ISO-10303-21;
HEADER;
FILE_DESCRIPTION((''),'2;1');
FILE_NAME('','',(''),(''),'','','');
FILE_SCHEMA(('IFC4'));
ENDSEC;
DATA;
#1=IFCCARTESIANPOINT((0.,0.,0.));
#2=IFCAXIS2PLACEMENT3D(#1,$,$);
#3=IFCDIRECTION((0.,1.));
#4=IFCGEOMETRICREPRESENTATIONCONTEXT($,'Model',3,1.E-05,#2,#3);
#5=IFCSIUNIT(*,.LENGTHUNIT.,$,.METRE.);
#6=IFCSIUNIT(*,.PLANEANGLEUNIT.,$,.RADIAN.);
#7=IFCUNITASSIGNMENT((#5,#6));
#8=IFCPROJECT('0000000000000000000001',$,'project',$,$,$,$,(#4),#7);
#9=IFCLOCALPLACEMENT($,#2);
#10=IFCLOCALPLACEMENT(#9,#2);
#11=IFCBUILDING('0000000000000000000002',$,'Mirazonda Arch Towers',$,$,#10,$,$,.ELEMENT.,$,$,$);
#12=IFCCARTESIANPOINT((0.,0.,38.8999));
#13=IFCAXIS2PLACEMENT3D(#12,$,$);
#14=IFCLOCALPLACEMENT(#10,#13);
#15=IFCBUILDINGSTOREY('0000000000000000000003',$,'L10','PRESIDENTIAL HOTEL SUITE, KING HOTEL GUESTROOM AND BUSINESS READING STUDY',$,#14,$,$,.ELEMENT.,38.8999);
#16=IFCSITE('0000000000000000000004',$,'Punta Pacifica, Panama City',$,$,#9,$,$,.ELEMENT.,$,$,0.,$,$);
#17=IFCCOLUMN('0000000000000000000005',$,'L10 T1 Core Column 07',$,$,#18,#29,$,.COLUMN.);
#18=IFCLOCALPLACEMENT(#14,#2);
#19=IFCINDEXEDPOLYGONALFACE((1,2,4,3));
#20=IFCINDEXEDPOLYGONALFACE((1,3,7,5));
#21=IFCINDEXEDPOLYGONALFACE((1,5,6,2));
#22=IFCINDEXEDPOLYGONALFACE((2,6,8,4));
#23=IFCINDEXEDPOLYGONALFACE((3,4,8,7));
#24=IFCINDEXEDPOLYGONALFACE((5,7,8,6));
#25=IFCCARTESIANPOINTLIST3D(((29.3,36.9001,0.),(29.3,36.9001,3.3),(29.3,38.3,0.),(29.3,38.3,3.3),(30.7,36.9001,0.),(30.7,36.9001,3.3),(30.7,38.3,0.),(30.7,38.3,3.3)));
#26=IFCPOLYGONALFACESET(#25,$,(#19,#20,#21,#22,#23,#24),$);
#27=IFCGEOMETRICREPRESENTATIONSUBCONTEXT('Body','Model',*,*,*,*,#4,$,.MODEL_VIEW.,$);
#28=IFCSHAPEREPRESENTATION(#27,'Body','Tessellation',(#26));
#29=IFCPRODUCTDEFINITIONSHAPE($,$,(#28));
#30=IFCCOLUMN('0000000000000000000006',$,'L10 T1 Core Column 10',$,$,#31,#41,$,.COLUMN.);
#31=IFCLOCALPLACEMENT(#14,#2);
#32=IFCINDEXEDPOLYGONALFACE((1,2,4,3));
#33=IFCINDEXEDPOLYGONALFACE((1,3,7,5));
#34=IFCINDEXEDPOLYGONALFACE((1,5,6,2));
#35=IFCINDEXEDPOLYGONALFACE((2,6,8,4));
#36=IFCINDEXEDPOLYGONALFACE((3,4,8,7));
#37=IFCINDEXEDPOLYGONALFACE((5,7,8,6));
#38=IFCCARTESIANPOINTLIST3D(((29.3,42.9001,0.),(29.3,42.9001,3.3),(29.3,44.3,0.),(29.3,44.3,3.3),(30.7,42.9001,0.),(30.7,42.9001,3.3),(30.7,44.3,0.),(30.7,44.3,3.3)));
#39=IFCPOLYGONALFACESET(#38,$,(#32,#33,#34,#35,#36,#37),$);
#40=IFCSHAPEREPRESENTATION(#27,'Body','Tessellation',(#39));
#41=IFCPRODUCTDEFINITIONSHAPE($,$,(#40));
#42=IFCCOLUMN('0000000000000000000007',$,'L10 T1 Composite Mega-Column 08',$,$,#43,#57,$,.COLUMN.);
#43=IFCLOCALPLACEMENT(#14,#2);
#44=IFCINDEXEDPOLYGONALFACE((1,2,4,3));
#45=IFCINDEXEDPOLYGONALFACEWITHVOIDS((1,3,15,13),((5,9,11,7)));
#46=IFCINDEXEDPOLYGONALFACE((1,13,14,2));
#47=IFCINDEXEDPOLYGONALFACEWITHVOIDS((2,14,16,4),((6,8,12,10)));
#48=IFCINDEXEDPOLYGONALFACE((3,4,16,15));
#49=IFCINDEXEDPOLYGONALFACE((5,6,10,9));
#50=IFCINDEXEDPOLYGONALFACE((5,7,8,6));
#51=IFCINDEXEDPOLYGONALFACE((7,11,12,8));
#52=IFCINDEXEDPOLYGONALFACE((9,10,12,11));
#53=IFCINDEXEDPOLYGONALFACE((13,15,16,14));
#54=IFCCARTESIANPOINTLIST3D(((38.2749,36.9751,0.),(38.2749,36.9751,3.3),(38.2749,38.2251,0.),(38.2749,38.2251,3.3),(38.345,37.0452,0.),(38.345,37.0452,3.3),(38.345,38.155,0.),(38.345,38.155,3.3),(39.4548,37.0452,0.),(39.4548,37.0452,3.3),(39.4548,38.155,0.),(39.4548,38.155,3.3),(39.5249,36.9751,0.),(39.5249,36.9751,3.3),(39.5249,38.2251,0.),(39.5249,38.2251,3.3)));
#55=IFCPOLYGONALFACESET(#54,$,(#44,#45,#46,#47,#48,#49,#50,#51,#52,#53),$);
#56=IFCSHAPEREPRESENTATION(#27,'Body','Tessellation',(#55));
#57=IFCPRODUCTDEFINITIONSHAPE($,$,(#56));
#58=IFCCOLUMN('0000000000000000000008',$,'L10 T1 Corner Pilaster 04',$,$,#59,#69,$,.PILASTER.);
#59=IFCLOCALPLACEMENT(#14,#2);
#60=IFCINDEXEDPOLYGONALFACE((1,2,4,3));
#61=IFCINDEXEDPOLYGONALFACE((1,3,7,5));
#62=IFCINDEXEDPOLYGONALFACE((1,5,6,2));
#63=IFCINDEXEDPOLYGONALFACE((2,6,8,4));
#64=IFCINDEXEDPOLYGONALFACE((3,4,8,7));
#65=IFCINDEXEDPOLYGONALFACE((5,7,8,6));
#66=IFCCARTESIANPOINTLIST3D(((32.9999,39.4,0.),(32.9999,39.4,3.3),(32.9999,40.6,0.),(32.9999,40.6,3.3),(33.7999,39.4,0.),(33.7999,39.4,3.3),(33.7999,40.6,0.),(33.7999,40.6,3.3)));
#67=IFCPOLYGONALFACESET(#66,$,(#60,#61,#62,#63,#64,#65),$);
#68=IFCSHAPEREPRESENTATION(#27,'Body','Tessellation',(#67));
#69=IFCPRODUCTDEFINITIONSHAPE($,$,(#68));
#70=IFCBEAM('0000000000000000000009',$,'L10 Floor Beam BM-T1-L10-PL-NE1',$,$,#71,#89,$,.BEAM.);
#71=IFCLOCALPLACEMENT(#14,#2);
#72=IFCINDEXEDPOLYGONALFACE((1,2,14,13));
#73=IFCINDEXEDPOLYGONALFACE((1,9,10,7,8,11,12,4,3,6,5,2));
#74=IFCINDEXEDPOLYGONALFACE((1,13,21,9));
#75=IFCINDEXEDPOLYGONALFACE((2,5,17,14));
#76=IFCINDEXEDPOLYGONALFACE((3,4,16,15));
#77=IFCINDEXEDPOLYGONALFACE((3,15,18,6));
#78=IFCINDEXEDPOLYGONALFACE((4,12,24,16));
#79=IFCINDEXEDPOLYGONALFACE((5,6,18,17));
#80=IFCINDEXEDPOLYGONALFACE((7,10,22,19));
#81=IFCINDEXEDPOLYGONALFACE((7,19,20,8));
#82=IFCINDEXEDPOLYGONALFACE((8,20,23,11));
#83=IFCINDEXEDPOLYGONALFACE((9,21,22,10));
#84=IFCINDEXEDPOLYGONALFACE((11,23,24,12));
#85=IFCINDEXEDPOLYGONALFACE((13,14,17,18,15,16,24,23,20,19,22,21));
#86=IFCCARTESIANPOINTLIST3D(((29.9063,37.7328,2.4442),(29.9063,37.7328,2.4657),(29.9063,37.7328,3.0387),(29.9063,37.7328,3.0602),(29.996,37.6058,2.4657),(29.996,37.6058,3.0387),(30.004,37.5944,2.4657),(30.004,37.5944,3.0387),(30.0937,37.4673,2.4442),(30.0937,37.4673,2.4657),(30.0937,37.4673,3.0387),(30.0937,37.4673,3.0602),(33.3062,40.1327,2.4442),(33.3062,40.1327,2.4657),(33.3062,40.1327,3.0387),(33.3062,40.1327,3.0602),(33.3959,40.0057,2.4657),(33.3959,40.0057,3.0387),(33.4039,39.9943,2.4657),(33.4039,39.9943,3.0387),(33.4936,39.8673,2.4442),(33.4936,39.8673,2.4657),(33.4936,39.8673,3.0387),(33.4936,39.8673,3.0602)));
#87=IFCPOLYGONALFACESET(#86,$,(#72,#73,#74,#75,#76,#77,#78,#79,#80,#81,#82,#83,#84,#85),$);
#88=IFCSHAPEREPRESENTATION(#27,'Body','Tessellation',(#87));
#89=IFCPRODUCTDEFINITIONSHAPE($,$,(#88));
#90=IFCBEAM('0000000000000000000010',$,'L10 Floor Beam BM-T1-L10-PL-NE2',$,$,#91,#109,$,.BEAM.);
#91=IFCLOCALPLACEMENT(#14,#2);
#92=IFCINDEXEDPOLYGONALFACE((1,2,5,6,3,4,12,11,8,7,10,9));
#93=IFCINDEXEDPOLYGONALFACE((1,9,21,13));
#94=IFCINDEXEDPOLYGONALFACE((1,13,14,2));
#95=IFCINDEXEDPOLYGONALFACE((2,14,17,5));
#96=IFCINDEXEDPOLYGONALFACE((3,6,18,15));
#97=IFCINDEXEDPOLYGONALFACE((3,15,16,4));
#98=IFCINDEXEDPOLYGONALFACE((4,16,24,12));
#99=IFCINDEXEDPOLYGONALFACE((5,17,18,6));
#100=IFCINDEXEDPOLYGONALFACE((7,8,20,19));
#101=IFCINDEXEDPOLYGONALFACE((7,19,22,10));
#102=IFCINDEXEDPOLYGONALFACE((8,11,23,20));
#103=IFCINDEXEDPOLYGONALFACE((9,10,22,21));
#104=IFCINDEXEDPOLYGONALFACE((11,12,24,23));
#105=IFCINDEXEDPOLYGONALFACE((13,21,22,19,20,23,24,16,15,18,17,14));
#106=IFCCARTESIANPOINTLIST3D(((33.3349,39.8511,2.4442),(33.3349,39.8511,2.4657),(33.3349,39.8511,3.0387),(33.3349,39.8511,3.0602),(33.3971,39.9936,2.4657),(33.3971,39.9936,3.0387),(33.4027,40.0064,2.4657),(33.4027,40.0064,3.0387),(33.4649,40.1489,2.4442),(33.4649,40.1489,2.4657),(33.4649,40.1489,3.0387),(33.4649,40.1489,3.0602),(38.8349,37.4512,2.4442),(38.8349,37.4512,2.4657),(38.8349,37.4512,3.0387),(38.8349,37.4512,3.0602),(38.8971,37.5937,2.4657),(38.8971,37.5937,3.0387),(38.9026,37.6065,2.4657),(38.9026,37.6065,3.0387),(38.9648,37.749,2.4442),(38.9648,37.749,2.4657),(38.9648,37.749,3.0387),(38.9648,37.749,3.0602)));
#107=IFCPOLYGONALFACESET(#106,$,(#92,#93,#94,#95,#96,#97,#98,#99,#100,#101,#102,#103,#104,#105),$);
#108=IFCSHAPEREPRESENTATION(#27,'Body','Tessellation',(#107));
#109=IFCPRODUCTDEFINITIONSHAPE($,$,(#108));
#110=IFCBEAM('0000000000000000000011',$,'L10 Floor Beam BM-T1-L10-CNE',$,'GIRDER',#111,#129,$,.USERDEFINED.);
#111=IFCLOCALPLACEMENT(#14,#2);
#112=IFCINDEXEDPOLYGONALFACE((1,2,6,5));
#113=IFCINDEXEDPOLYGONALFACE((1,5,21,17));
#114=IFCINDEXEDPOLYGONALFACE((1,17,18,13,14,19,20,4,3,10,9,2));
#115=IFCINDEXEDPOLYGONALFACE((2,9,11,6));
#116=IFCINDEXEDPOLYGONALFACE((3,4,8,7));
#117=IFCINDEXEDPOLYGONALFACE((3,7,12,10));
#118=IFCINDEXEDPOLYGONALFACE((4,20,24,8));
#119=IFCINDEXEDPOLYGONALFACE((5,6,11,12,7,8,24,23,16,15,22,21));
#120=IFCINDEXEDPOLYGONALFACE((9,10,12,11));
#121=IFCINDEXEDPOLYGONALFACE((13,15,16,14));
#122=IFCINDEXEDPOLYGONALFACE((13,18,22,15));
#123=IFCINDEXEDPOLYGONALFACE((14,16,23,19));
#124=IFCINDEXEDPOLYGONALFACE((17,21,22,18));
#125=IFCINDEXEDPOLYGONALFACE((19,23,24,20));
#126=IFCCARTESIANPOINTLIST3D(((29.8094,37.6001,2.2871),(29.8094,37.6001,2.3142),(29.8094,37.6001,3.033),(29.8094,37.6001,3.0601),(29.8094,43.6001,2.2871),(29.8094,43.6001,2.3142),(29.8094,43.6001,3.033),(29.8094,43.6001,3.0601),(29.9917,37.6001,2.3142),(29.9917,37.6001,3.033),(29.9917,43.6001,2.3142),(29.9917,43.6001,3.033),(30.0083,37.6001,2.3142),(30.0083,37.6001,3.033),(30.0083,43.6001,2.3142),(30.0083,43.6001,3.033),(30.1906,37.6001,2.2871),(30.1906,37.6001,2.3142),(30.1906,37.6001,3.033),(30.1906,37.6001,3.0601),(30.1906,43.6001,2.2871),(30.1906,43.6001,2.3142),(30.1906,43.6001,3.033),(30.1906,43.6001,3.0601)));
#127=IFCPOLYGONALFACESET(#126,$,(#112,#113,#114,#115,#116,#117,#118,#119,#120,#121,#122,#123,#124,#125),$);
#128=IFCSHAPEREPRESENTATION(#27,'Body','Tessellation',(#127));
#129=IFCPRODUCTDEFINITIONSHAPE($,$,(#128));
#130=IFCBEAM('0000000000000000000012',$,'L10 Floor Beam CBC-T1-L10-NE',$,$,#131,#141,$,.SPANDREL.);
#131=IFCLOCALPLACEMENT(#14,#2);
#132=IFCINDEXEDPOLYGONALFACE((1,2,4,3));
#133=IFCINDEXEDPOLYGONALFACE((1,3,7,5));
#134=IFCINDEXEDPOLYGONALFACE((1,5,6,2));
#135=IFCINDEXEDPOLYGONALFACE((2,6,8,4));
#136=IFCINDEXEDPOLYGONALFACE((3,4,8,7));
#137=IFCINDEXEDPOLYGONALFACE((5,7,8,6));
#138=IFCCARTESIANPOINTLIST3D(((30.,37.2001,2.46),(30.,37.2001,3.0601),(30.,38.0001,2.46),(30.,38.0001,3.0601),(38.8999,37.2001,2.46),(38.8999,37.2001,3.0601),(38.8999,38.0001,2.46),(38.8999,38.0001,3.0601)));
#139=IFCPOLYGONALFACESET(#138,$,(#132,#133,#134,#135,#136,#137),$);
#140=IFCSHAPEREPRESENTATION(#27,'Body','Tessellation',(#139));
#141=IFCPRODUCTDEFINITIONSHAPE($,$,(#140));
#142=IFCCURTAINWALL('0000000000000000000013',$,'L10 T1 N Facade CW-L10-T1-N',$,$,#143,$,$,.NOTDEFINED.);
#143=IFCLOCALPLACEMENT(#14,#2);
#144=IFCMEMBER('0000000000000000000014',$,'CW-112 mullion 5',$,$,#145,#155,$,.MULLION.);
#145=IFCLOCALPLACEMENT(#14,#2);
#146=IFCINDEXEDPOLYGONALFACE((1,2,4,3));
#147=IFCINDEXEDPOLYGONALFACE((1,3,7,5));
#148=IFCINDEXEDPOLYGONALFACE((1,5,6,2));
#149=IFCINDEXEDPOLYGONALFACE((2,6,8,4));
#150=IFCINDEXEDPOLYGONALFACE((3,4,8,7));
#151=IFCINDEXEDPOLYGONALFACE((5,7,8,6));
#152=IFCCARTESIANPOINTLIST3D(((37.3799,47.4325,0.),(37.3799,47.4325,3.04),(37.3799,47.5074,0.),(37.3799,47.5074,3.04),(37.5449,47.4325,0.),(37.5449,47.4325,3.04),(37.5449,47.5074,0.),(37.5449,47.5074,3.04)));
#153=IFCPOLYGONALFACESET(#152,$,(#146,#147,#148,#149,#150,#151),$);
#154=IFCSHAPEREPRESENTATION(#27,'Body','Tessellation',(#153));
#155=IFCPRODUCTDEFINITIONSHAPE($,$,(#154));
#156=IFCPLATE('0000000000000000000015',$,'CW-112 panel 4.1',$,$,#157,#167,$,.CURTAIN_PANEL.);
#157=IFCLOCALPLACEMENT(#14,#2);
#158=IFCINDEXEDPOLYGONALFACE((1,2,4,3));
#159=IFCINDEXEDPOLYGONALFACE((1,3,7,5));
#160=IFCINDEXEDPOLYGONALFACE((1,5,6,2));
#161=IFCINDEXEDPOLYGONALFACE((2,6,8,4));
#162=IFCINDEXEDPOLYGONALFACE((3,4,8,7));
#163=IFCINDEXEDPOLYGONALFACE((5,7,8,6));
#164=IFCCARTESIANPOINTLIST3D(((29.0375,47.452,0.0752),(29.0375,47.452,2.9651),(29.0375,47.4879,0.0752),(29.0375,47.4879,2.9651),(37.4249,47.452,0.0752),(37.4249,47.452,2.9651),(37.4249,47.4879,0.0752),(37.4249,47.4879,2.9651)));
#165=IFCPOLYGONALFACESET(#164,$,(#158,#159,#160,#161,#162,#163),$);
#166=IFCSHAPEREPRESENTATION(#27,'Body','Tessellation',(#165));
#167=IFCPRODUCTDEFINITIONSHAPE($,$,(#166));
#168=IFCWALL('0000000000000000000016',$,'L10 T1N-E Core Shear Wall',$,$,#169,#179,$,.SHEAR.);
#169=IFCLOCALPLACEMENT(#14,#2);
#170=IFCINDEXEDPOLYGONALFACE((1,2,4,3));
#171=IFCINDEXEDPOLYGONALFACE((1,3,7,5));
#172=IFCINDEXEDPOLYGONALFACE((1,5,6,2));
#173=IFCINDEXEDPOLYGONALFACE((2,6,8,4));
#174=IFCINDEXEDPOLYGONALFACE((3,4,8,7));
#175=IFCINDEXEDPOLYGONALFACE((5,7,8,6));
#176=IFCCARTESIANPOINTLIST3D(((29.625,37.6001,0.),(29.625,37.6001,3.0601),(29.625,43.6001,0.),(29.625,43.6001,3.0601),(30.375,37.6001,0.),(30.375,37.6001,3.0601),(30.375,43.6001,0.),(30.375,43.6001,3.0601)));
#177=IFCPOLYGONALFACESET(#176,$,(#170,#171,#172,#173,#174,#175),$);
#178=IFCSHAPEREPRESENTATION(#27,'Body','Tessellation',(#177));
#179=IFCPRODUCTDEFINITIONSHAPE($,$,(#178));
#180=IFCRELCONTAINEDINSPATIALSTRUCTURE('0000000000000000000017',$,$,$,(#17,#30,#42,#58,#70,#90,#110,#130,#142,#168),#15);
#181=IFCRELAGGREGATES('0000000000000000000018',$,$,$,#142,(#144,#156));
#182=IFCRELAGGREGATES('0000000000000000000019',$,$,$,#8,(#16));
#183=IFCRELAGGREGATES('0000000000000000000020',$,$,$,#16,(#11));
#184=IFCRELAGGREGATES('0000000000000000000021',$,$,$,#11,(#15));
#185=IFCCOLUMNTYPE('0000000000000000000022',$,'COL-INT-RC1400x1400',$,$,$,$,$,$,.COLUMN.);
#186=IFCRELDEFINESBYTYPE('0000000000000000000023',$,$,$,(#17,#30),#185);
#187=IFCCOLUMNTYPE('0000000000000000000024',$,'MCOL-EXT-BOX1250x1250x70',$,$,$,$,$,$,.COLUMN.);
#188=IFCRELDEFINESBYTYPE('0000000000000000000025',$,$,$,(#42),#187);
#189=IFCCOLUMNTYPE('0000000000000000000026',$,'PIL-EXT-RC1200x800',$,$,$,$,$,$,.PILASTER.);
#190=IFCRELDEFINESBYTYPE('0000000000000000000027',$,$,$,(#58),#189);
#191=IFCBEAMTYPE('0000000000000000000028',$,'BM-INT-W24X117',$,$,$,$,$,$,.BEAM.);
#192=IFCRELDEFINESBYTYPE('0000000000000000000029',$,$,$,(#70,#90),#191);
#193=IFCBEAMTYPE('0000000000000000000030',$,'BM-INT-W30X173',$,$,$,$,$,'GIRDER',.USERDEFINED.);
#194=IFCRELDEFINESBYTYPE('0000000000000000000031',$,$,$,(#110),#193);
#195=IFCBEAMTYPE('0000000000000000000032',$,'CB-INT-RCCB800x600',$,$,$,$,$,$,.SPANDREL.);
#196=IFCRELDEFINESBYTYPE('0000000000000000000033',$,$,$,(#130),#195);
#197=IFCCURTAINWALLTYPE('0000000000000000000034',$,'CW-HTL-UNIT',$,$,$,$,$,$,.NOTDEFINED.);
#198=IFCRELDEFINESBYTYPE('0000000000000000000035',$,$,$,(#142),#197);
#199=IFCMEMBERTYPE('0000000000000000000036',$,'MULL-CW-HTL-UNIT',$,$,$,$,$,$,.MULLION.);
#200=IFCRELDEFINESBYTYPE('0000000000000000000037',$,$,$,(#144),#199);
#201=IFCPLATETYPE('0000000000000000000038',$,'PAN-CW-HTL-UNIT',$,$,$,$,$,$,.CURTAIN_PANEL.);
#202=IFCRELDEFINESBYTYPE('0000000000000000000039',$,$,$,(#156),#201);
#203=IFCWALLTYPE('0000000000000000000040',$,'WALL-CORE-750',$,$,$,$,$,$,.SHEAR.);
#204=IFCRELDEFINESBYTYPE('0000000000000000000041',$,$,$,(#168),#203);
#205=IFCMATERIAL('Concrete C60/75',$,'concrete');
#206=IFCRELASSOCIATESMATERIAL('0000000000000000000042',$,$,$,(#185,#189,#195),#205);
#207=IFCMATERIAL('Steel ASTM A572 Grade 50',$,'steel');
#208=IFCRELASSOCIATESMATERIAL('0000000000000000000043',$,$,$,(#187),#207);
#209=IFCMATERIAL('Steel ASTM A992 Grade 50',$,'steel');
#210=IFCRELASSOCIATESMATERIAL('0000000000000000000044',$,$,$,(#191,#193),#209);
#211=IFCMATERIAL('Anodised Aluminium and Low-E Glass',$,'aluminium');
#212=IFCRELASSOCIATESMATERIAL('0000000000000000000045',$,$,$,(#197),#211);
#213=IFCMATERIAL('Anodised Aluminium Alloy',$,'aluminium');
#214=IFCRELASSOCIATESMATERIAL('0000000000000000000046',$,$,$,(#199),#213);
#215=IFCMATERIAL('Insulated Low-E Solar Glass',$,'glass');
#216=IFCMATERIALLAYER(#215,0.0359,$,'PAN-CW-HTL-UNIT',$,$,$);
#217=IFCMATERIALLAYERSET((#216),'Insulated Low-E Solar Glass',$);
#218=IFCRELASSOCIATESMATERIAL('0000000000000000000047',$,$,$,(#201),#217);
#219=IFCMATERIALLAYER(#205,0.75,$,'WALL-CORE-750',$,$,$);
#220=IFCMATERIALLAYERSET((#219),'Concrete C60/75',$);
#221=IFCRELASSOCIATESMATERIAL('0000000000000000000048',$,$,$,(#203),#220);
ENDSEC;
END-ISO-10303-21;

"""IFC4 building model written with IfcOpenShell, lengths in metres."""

from ifc_helpers import new_model, si_unit, direction, frame, frame_2d, origin, origin_2d, place, context, subcontext, project, spatial, rectangle, hollow_rectangle, i_section, extrude, material, layer, layer_set, material_profile, profile_set, type_object, element, aggregate, save


model = new_model("IFC4")

# Units and contexts
model_context = context("Model", 3, precision=1e-05, world=origin(), true_north=direction((0.0, 1.0)))
body_context = subcontext(model_context, "Body", "Model", "MODEL_VIEW")
ifc_project = project(units=[si_unit("LENGTHUNIT", "METRE"), si_unit("PLANEANGLEUNIT", "RADIAN")], contexts=[model_context])

# Site, building, storey
site_placement = place(None, origin())
site = spatial("IfcSite", under=ifc_project, at=site_placement, Name="Punta Pacifica, Panama City", CompositionType="ELEMENT", RefElevation=0.0)
building_placement = place(site_placement, origin())
building = spatial("IfcBuilding", under=site, at=building_placement, Name="Mirazonda Arch Towers", CompositionType="ELEMENT")
storey_placement = place(building_placement, frame((0.0, 0.0, 38.8999)))
storey = spatial("IfcBuildingStorey", under=building, at=storey_placement, Name="L10", Description="PRESIDENTIAL HOTEL SUITE, KING HOTEL GUESTROOM AND BUSINESS READING STUDY", CompositionType="ELEMENT", Elevation=38.8999)

# Columns
ifc_material_1 = material(Name="Concrete C60/75", Category="concrete")
ifc_material_profile_1 = material_profile(ifc_material_1, rectangle(XDim=1.3999, YDim=1.3999, at=origin_2d()), Name="RC1400x1400")
ifc_profile_set_1 = profile_set([ifc_material_profile_1], Name="Concrete C60/75")
column_type_1 = type_object("IfcColumnType", Name="COL-INT-RC1400x1400", PredefinedType="COLUMN", material=ifc_profile_set_1)
for number, where, z_axis, x_axis, name in (
    (1, (30.0, 37.6001, 0.0), (0.0, 0.0, 1.0), (1.0, 0.0, 0.0), "L10 T1 Core Column 07"),
    (2, (30.0, 43.6001, 0.0), (0.0, 0.0, 1.0), (1.0, 0.0, 0.0), "L10 T1 Core Column 10"),
):
    element("IfcColumn", number, at=place(storey_placement, frame(where, z_axis=z_axis, x_axis=x_axis)), inside=storey, type_object=column_type_1, Name=name, PredefinedType="COLUMN", context=body_context, shape_type="SweptSolid", body=[
        extrude(rectangle(XDim=1.3999, YDim=1.3999, at=origin_2d()), origin(), (0.0, 0.0, 1.0), 3.3),
    ])
ifc_material_2 = material(Name="Steel ASTM A572 Grade 50", Category="steel")
ifc_material_profile_2 = material_profile(ifc_material_2, hollow_rectangle(XDim=1.25, YDim=1.25, WallThickness=0.0701, at=origin_2d()), Name="BOX1250x1250x70")
ifc_profile_set_2 = profile_set([ifc_material_profile_2], Name="Steel ASTM A572 Grade 50")
column_type_2 = type_object("IfcColumnType", Name="MCOL-EXT-BOX1250x1250x70", PredefinedType="COLUMN", material=ifc_profile_set_2)
column_1_placement = place(storey_placement, frame((38.8999, 37.6001, 0.0), z_axis=(0.0, 0.0, 1.0), x_axis=(1.0, 0.0, 0.0)))
element("IfcColumn", 3, at=column_1_placement, inside=storey, type_object=column_type_2, Name="L10 T1 Composite Mega-Column 08", PredefinedType="COLUMN", context=body_context, shape_type="SweptSolid", body=[
    extrude(hollow_rectangle(XDim=1.25, YDim=1.25, WallThickness=0.0701, at=origin_2d()), origin(), (0.0, 0.0, 1.0), 3.3),
])
ifc_material_profile_3 = material_profile(ifc_material_1, rectangle(XDim=0.8, YDim=1.2, at=origin_2d()), Name="RC1200x800")
ifc_profile_set_3 = profile_set([ifc_material_profile_3], Name="Concrete C60/75")
column_type_3 = type_object("IfcColumnType", Name="PIL-EXT-RC1200x800", PredefinedType="PILASTER", material=ifc_profile_set_3)
column_2_placement = place(storey_placement, frame((33.3999, 40.0, 0.0), z_axis=(0.0, 0.0, 1.0), x_axis=(1.0, 0.0, 0.0)))
element("IfcColumn", 4, at=column_2_placement, inside=storey, type_object=column_type_3, Name="L10 T1 Corner Pilaster 04", PredefinedType="PILASTER", context=body_context, shape_type="SweptSolid", body=[
    extrude(rectangle(XDim=0.8, YDim=1.2, at=origin_2d()), origin(), (0.0, 0.0, 1.0), 3.3),
])

# Beams
ifc_material_3 = material(Name="Steel ASTM A992 Grade 50", Category="steel")
ifc_material_profile_4 = material_profile(ifc_material_3, i_section(OverallWidth=0.325, OverallDepth=0.616, WebThickness=0.0139, FlangeThickness=0.0215, at=origin_2d()), Name="W24X117")
ifc_profile_set_4 = profile_set([ifc_material_profile_4], Name="Steel ASTM A992 Grade 50")
beam_type_1 = type_object("IfcBeamType", Name="BM-INT-W24X117", PredefinedType="BEAM", material=ifc_profile_set_4)
beam_1_placement = place(storey_placement, frame((33.3999, 40.0, 2.7522), z_axis=(-0.816971, -0.576679, 0.0), x_axis=(0.576679, -0.816971, 0.0)))
element("IfcBeam", 5, at=beam_1_placement, inside=storey, type_object=beam_type_1, Name="L10 Floor Beam BM-T1-L10-PL-NE1", PredefinedType="BEAM", context=body_context, shape_type="SweptSolid", body=[
    extrude(i_section(OverallWidth=0.325, OverallDepth=0.616, WebThickness=0.0139, FlangeThickness=0.0215, at=origin_2d()), origin(), (0.0, 0.0, 1.0), 4.1616),
])
beam_2_placement = place(storey_placement, frame((33.3999, 40.0, 2.7522), z_axis=(0.916545, -0.399931, 0.0), x_axis=(0.399931, 0.916545, 0.0)))
element("IfcBeam", 6, at=beam_2_placement, inside=storey, type_object=beam_type_1, Name="L10 Floor Beam BM-T1-L10-PL-NE2", PredefinedType="BEAM", context=body_context, shape_type="SweptSolid", body=[
    extrude(i_section(OverallWidth=0.325, OverallDepth=0.616, WebThickness=0.0139, FlangeThickness=0.0215, at=origin_2d()), origin(), (0.0, 0.0, 1.0), 6.0007),
])
ifc_material_profile_5 = material_profile(ifc_material_3, i_section(OverallWidth=0.3811, OverallDepth=0.7729, WebThickness=0.0166, FlangeThickness=0.0271, at=origin_2d()), Name="W30X173")
ifc_profile_set_5 = profile_set([ifc_material_profile_5], Name="Steel ASTM A992 Grade 50")
beam_type_2 = type_object("IfcBeamType", Name="BM-INT-W30X173", ElementType="GIRDER", PredefinedType="USERDEFINED", material=ifc_profile_set_5)
beam_3_placement = place(storey_placement, frame((30.0, 37.6001, 2.6736), z_axis=(0.0, 1.0, 0.0), x_axis=(-1.0, 0.0, 0.0)))
element("IfcBeam", 7, at=beam_3_placement, inside=storey, type_object=beam_type_2, Name="L10 Floor Beam BM-T1-L10-CNE", ObjectType="GIRDER", PredefinedType="USERDEFINED", context=body_context, shape_type="SweptSolid", body=[
    extrude(i_section(OverallWidth=0.3811, OverallDepth=0.7729, WebThickness=0.0166, FlangeThickness=0.0271, at=origin_2d()), origin(), (0.0, 0.0, 1.0), 6.0),
])
ifc_material_profile_6 = material_profile(ifc_material_1, rectangle(XDim=0.8, YDim=0.6001, at=origin_2d()), Name="RCCB800x600")
ifc_profile_set_6 = profile_set([ifc_material_profile_6], Name="Concrete C60/75")
beam_type_3 = type_object("IfcBeamType", Name="CB-INT-RCCB800x600", PredefinedType="SPANDREL", material=ifc_profile_set_6)
beam_4_placement = place(storey_placement, frame((30.0, 37.6001, 2.76), z_axis=(1.0, 0.0, 0.0), x_axis=(0.0, 1.0, 0.0)))
element("IfcBeam", 8, at=beam_4_placement, inside=storey, type_object=beam_type_3, Name="L10 Floor Beam CBC-T1-L10-NE", PredefinedType="SPANDREL", context=body_context, shape_type="SweptSolid", body=[
    extrude(rectangle(XDim=0.8, YDim=0.6001, at=origin_2d()), origin(), (0.0, 0.0, 1.0), 8.8999),
])

# Curtain wall, member, plate
ifc_material_4 = material(Name="Anodised Aluminium and Low-E Glass", Category="aluminium")
curtain_wall_type = type_object("IfcCurtainWallType", Name="CW-HTL-UNIT", PredefinedType="NOTDEFINED", material=ifc_material_4)
curtain_wall_placement = place(storey_placement, origin())
curtain_wall = element("IfcCurtainWall", 9, at=curtain_wall_placement, inside=storey, type_object=curtain_wall_type, Name="L10 T1 N Facade CW-L10-T1-N", PredefinedType="NOTDEFINED")
ifc_material_5 = material(Name="Anodised Aluminium Alloy", Category="aluminium")
ifc_material_profile_7 = material_profile(ifc_material_5, rectangle(XDim=0.075, YDim=0.165, at=origin_2d()), Name="ALU-MULL-75x165")
ifc_profile_set_7 = profile_set([ifc_material_profile_7], Name="Anodised Aluminium Alloy")
member_type = type_object("IfcMemberType", Name="MULL-CW-HTL-UNIT", PredefinedType="MULLION", material=ifc_profile_set_7)
member_placement = place(storey_placement, frame((37.4624, 47.47, 0.0), z_axis=(0.0, 0.0, 1.0), x_axis=(0.0, 1.0, 0.0)))
member = element("IfcMember", 10, at=member_placement, type_object=member_type, Name="CW-112 mullion 5", PredefinedType="MULLION", context=body_context, shape_type="SweptSolid", body=[
    extrude(rectangle(XDim=0.075, YDim=0.165, at=origin_2d()), origin(), (0.0, 0.0, 1.0), 3.04),
])
ifc_material_6 = material(Name="Insulated Low-E Solar Glass", Category="glass")
ifc_layer_1 = layer(ifc_material_6, 0.0359, Name="PAN-CW-HTL-UNIT")
ifc_layer_set_1 = layer_set([ifc_layer_1], Name="Insulated Low-E Solar Glass")
plate_type = type_object("IfcPlateType", Name="PAN-CW-HTL-UNIT", PredefinedType="CURTAIN_PANEL", material=ifc_layer_set_1)
plate_placement = place(storey_placement, frame((33.2312, 47.47, 0.0752), z_axis=(0.0, 0.0, 1.0), x_axis=(1.0, 0.0, 0.0)))
plate = element("IfcPlate", 11, at=plate_placement, type_object=plate_type, Name="CW-112 panel 4.1", PredefinedType="CURTAIN_PANEL", context=body_context, shape_type="SweptSolid", body=[
    extrude(rectangle(XDim=8.3875, YDim=0.0359, at=origin_2d()), origin(), (0.0, 0.0, 1.0), 2.8899),
])
aggregate(curtain_wall, [member, plate])

# Wall
ifc_layer_2 = layer(ifc_material_1, 0.75, Name="WALL-CORE-750")
ifc_layer_set_2 = layer_set([ifc_layer_2], Name="Concrete C60/75")
wall_type_1 = type_object("IfcWallType", Name="WALL-CORE-750", PredefinedType="SHEAR", material=ifc_layer_set_2)
wall_1_placement = place(storey_placement, frame((30.0, 37.6001, 0.0), z_axis=(0.0, 0.0, 1.0), x_axis=(0.0, 1.0, 0.0)))
element("IfcWall", 12, at=wall_1_placement, inside=storey, type_object=wall_type_1, Name="L10 T1N-E Core Shear Wall", PredefinedType="SHEAR", context=body_context, shape_type="SweptSolid", body=[
    extrude(rectangle(XDim=6.0, YDim=0.75, at=frame_2d((3.0, 0.0))), origin(), (0.0, 0.0, 1.0), 3.0601),
])

save(model, "model.ifc")
